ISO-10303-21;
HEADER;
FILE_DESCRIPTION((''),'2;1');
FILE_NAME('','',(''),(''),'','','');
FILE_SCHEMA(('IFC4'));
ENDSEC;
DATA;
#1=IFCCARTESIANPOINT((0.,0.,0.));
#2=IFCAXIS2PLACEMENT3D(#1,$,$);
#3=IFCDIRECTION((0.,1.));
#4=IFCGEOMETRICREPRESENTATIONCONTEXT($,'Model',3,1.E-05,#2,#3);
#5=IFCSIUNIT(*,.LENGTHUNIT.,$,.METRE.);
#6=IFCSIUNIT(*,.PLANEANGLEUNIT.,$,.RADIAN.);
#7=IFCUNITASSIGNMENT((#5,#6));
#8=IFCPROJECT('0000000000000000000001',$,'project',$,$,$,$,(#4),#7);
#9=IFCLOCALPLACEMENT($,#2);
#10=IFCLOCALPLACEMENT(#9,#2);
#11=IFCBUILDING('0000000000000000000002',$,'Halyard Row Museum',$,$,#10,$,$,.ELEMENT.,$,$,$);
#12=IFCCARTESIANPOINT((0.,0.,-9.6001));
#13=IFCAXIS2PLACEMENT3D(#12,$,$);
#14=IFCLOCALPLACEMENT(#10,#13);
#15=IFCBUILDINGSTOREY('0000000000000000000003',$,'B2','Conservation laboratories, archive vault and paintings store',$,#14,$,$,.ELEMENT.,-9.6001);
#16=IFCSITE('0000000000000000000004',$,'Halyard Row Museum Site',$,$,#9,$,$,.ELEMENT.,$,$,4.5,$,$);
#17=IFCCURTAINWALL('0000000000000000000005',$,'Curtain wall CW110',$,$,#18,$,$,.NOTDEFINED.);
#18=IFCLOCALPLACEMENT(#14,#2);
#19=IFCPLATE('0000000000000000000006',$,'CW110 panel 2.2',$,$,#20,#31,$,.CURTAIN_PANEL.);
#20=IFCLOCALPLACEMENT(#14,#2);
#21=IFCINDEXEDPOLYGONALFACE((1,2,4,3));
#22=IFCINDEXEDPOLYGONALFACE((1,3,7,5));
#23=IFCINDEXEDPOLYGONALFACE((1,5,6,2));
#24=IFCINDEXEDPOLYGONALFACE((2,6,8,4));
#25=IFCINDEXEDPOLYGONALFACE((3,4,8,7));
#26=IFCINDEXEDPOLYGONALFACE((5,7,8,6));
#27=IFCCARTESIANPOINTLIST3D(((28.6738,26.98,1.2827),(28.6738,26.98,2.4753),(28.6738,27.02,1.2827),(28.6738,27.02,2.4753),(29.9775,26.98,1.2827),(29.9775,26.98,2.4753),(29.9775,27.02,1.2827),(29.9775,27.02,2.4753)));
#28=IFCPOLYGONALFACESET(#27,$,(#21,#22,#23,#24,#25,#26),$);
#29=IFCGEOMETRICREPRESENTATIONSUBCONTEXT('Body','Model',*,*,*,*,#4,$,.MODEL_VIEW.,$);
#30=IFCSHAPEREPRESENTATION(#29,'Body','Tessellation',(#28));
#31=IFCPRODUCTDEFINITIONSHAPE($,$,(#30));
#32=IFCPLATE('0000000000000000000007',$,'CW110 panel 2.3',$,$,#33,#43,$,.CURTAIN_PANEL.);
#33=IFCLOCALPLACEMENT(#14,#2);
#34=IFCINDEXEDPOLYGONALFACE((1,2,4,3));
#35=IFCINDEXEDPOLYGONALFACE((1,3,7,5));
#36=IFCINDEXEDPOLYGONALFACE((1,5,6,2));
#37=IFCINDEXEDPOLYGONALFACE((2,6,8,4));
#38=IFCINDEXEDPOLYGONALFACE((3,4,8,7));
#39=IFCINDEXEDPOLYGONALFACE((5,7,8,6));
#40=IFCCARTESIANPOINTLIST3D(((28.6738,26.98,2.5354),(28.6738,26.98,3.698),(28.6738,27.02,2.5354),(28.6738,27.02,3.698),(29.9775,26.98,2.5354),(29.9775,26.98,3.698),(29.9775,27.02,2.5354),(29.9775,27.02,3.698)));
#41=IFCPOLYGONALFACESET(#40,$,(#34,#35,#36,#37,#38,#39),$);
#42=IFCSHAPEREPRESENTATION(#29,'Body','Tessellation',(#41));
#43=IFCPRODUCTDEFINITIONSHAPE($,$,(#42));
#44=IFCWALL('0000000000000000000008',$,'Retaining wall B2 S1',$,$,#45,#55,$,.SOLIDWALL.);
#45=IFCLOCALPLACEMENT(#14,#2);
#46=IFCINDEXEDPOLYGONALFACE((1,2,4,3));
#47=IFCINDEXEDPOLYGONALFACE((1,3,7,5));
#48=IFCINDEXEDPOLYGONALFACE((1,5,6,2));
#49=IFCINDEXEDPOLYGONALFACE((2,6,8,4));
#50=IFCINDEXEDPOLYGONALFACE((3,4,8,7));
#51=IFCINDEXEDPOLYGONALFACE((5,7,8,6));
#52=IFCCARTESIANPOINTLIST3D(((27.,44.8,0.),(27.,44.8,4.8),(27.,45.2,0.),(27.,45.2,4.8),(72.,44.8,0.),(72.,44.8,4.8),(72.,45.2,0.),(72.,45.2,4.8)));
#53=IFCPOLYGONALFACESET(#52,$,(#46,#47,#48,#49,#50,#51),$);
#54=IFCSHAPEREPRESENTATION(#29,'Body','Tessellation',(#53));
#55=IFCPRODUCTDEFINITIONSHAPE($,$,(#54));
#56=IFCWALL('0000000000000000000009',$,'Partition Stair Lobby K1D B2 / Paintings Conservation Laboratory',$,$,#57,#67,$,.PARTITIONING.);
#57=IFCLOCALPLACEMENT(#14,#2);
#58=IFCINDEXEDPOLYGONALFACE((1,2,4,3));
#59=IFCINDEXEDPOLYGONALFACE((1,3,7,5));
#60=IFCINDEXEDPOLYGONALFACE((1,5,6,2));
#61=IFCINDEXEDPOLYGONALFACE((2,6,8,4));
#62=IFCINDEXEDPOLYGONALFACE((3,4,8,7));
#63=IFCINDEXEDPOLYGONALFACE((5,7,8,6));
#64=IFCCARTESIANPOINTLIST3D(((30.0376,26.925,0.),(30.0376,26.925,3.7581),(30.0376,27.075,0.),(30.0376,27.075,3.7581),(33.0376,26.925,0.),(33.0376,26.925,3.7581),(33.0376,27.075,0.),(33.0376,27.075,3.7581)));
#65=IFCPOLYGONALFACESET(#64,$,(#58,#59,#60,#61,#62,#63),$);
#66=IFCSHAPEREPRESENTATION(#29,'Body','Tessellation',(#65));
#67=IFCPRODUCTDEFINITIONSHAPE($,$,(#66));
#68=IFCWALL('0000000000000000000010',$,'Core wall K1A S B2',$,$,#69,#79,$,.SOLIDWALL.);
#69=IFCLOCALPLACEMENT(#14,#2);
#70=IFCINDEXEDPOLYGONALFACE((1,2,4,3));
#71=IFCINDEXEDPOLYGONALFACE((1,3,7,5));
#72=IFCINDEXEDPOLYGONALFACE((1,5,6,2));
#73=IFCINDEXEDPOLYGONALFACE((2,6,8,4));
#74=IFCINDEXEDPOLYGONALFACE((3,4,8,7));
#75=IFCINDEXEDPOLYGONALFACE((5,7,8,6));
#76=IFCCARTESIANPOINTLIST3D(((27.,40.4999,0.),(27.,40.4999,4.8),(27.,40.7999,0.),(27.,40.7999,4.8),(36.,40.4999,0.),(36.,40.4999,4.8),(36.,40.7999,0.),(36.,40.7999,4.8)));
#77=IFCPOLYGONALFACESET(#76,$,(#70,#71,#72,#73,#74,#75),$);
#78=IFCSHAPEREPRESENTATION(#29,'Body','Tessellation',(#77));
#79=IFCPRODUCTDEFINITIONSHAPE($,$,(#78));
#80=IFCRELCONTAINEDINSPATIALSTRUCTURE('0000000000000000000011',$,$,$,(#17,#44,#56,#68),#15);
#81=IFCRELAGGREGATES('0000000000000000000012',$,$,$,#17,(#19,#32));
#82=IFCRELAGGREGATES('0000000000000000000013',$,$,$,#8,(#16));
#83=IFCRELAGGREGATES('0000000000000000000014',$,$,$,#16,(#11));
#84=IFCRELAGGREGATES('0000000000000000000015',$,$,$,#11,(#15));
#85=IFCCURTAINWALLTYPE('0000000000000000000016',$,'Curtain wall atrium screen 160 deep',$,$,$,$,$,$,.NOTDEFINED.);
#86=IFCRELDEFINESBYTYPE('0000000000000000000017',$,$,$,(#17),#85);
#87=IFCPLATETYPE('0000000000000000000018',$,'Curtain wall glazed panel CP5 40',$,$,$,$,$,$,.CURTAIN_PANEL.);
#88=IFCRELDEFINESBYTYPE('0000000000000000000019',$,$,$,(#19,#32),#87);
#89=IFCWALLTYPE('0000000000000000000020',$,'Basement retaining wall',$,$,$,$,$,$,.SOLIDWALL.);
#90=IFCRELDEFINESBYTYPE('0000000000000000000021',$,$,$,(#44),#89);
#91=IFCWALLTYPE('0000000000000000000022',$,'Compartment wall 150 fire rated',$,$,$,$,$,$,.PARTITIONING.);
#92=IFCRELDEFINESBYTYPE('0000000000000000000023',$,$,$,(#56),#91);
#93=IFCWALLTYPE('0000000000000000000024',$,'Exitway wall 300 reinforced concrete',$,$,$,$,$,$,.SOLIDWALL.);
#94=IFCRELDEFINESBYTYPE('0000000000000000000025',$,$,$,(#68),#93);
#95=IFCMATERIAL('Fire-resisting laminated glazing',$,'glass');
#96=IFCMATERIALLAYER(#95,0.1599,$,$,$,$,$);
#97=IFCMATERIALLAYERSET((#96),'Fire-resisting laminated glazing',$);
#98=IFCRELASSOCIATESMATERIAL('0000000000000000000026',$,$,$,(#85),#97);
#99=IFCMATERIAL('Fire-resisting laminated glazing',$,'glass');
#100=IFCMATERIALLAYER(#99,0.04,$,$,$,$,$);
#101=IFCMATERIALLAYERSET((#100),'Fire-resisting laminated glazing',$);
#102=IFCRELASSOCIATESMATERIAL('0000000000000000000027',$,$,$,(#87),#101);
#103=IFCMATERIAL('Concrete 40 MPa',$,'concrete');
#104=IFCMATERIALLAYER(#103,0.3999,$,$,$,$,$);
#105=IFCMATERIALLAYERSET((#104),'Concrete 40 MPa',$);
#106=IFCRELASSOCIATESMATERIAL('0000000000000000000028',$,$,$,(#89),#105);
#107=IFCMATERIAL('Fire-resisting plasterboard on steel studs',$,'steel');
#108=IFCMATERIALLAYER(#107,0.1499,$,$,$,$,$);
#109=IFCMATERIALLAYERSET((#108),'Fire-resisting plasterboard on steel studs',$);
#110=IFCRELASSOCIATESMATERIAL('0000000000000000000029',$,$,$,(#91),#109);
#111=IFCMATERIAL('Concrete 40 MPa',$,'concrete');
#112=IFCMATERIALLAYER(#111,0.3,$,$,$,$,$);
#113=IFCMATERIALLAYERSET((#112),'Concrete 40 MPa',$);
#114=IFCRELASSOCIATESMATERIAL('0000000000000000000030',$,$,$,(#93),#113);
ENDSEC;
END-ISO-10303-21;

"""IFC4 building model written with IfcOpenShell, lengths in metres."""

from ifc_helpers import new_model, si_unit, direction, frame, frame_2d, origin, origin_2d, place, context, subcontext, project, spatial, rectangle, extrude, material, layer, layer_set, type_object, element, aggregate, save


model = new_model("IFC4")

# Units and contexts
model_context = context("Model", 3, precision=1e-05, world=origin(), true_north=direction((0.0, 1.0)))
body_context = subcontext(model_context, "Body", "Model", "MODEL_VIEW")
ifc_project = project(units=[si_unit("LENGTHUNIT", "METRE"), si_unit("PLANEANGLEUNIT", "RADIAN")], contexts=[model_context])

# Site, building, storey
site_placement = place(None, origin())
site = spatial("IfcSite", under=ifc_project, at=site_placement, Name="Halyard Row Museum Site", CompositionType="ELEMENT", RefElevation=4.5)
building_placement = place(site_placement, origin())
building = spatial("IfcBuilding", under=site, at=building_placement, Name="Halyard Row Museum", CompositionType="ELEMENT")
storey_placement = place(building_placement, frame((0.0, 0.0, -9.6001)))
storey = spatial("IfcBuildingStorey", under=building, at=storey_placement, Name="B2", Description="Conservation laboratories, archive vault and paintings store", CompositionType="ELEMENT", Elevation=-9.6001)

# Curtain wall
ifc_material_1 = material(Name="Fire-resisting laminated glazing", Category="glass")
ifc_layer_1 = layer(ifc_material_1, 0.1599)
ifc_layer_set_1 = layer_set([ifc_layer_1], Name="Fire-resisting laminated glazing")
curtain_wall_type = type_object("IfcCurtainWallType", Name="Curtain wall atrium screen 160 deep", PredefinedType="NOTDEFINED", material=ifc_layer_set_1)
curtain_wall_1_placement = place(storey_placement, origin())
curtain_wall_1 = element("IfcCurtainWall", 1, at=curtain_wall_1_placement, inside=storey, type_object=curtain_wall_type, Name="Curtain wall CW110", PredefinedType="NOTDEFINED")

# Plates
ifc_material_2 = material(Name="Fire-resisting laminated glazing", Category="glass")
ifc_layer_2 = layer(ifc_material_2, 0.04)
ifc_layer_set_2 = layer_set([ifc_layer_2], Name="Fire-resisting laminated glazing")
plate_type = type_object("IfcPlateType", Name="Curtain wall glazed panel CP5 40", PredefinedType="CURTAIN_PANEL", material=ifc_layer_set_2)
plate_1_placement = place(storey_placement, frame((29.3257, 27.0, 1.2827), z_axis=(0.0, 0.0, 1.0), x_axis=(1.0, 0.0, 0.0)))
plate_1 = element("IfcPlate", 2, at=plate_1_placement, type_object=plate_type, Name="CW110 panel 2.2", PredefinedType="CURTAIN_PANEL", context=body_context, shape_type="SweptSolid", body=[
    extrude(rectangle(XDim=1.3037, YDim=0.04, at=origin_2d()), origin(), (0.0, 0.0, 1.0), 1.1926),
])
plate_2_placement = place(storey_placement, frame((29.3257, 27.0, 2.5354), z_axis=(0.0, 0.0, 1.0), x_axis=(1.0, 0.0, 0.0)))
plate_2 = element("IfcPlate", 3, at=plate_2_placement, type_object=plate_type, Name="CW110 panel 2.3", PredefinedType="CURTAIN_PANEL", context=body_context, shape_type="SweptSolid", body=[
    extrude(rectangle(XDim=1.3037, YDim=0.04, at=origin_2d()), origin(), (0.0, 0.0, 1.0), 1.1626),
])
aggregate(curtain_wall_1, [plate_1, plate_2])

# Walls
ifc_material_3 = material(Name="Concrete 40 MPa", Category="concrete")
ifc_layer_3 = layer(ifc_material_3, 0.3999)
ifc_layer_set_3 = layer_set([ifc_layer_3], Name="Concrete 40 MPa")
wall_type_1 = type_object("IfcWallType", Name="Basement retaining wall", PredefinedType="SOLIDWALL", material=ifc_layer_set_3)
wall_1_placement = place(storey_placement, frame((27.0, 45.0, 0.0), z_axis=(0.0, 0.0, 1.0), x_axis=(1.0, 0.0, 0.0)))
element("IfcWall", 4, at=wall_1_placement, inside=storey, type_object=wall_type_1, Name="Retaining wall B2 S1", PredefinedType="SOLIDWALL", context=body_context, shape_type="SweptSolid", body=[
    extrude(rectangle(XDim=45.0, YDim=0.3999, at=frame_2d((22.5, 0.0))), origin(), (0.0, 0.0, 1.0), 4.8),
])
ifc_material_4 = material(Name="Fire-resisting plasterboard on steel studs", Category="steel")
ifc_layer_4 = layer(ifc_material_4, 0.1499)
ifc_layer_set_4 = layer_set([ifc_layer_4], Name="Fire-resisting plasterboard on steel studs")
wall_type_2 = type_object("IfcWallType", Name="Compartment wall 150 fire rated", PredefinedType="PARTITIONING", material=ifc_layer_set_4)
wall_2_placement = place(storey_placement, frame((30.0376, 27.0, 0.0), z_axis=(0.0, 0.0, 1.0), x_axis=(1.0, 0.0, 0.0)))
element("IfcWall", 5, at=wall_2_placement, inside=storey, type_object=wall_type_2, Name="Partition Stair Lobby K1D B2 / Paintings Conservation Laboratory", PredefinedType="PARTITIONING", context=body_context, shape_type="SweptSolid", body=[
    extrude(rectangle(XDim=3.0, YDim=0.1499, at=frame_2d((1.5, 0.0))), origin(), (0.0, 0.0, 1.0), 3.7581),
])
ifc_material_5 = material(Name="Concrete 40 MPa", Category="concrete")
ifc_layer_5 = layer(ifc_material_5, 0.3)
ifc_layer_set_5 = layer_set([ifc_layer_5], Name="Concrete 40 MPa")
wall_type_3 = type_object("IfcWallType", Name="Exitway wall 300 reinforced concrete", PredefinedType="SOLIDWALL", material=ifc_layer_set_5)
wall_3_placement = place(storey_placement, frame((27.0, 40.6499, 0.0), z_axis=(0.0, 0.0, 1.0), x_axis=(1.0, 0.0, 0.0)))
element("IfcWall", 6, at=wall_3_placement, inside=storey, type_object=wall_type_3, Name="Core wall K1A S B2", PredefinedType="SOLIDWALL", context=body_context, shape_type="SweptSolid", body=[
    extrude(rectangle(XDim=9.0, YDim=0.3, at=frame_2d((4.5, 0.0))), origin(), (0.0, 0.0, 1.0), 4.8),
])

save(model, "model.ifc")
